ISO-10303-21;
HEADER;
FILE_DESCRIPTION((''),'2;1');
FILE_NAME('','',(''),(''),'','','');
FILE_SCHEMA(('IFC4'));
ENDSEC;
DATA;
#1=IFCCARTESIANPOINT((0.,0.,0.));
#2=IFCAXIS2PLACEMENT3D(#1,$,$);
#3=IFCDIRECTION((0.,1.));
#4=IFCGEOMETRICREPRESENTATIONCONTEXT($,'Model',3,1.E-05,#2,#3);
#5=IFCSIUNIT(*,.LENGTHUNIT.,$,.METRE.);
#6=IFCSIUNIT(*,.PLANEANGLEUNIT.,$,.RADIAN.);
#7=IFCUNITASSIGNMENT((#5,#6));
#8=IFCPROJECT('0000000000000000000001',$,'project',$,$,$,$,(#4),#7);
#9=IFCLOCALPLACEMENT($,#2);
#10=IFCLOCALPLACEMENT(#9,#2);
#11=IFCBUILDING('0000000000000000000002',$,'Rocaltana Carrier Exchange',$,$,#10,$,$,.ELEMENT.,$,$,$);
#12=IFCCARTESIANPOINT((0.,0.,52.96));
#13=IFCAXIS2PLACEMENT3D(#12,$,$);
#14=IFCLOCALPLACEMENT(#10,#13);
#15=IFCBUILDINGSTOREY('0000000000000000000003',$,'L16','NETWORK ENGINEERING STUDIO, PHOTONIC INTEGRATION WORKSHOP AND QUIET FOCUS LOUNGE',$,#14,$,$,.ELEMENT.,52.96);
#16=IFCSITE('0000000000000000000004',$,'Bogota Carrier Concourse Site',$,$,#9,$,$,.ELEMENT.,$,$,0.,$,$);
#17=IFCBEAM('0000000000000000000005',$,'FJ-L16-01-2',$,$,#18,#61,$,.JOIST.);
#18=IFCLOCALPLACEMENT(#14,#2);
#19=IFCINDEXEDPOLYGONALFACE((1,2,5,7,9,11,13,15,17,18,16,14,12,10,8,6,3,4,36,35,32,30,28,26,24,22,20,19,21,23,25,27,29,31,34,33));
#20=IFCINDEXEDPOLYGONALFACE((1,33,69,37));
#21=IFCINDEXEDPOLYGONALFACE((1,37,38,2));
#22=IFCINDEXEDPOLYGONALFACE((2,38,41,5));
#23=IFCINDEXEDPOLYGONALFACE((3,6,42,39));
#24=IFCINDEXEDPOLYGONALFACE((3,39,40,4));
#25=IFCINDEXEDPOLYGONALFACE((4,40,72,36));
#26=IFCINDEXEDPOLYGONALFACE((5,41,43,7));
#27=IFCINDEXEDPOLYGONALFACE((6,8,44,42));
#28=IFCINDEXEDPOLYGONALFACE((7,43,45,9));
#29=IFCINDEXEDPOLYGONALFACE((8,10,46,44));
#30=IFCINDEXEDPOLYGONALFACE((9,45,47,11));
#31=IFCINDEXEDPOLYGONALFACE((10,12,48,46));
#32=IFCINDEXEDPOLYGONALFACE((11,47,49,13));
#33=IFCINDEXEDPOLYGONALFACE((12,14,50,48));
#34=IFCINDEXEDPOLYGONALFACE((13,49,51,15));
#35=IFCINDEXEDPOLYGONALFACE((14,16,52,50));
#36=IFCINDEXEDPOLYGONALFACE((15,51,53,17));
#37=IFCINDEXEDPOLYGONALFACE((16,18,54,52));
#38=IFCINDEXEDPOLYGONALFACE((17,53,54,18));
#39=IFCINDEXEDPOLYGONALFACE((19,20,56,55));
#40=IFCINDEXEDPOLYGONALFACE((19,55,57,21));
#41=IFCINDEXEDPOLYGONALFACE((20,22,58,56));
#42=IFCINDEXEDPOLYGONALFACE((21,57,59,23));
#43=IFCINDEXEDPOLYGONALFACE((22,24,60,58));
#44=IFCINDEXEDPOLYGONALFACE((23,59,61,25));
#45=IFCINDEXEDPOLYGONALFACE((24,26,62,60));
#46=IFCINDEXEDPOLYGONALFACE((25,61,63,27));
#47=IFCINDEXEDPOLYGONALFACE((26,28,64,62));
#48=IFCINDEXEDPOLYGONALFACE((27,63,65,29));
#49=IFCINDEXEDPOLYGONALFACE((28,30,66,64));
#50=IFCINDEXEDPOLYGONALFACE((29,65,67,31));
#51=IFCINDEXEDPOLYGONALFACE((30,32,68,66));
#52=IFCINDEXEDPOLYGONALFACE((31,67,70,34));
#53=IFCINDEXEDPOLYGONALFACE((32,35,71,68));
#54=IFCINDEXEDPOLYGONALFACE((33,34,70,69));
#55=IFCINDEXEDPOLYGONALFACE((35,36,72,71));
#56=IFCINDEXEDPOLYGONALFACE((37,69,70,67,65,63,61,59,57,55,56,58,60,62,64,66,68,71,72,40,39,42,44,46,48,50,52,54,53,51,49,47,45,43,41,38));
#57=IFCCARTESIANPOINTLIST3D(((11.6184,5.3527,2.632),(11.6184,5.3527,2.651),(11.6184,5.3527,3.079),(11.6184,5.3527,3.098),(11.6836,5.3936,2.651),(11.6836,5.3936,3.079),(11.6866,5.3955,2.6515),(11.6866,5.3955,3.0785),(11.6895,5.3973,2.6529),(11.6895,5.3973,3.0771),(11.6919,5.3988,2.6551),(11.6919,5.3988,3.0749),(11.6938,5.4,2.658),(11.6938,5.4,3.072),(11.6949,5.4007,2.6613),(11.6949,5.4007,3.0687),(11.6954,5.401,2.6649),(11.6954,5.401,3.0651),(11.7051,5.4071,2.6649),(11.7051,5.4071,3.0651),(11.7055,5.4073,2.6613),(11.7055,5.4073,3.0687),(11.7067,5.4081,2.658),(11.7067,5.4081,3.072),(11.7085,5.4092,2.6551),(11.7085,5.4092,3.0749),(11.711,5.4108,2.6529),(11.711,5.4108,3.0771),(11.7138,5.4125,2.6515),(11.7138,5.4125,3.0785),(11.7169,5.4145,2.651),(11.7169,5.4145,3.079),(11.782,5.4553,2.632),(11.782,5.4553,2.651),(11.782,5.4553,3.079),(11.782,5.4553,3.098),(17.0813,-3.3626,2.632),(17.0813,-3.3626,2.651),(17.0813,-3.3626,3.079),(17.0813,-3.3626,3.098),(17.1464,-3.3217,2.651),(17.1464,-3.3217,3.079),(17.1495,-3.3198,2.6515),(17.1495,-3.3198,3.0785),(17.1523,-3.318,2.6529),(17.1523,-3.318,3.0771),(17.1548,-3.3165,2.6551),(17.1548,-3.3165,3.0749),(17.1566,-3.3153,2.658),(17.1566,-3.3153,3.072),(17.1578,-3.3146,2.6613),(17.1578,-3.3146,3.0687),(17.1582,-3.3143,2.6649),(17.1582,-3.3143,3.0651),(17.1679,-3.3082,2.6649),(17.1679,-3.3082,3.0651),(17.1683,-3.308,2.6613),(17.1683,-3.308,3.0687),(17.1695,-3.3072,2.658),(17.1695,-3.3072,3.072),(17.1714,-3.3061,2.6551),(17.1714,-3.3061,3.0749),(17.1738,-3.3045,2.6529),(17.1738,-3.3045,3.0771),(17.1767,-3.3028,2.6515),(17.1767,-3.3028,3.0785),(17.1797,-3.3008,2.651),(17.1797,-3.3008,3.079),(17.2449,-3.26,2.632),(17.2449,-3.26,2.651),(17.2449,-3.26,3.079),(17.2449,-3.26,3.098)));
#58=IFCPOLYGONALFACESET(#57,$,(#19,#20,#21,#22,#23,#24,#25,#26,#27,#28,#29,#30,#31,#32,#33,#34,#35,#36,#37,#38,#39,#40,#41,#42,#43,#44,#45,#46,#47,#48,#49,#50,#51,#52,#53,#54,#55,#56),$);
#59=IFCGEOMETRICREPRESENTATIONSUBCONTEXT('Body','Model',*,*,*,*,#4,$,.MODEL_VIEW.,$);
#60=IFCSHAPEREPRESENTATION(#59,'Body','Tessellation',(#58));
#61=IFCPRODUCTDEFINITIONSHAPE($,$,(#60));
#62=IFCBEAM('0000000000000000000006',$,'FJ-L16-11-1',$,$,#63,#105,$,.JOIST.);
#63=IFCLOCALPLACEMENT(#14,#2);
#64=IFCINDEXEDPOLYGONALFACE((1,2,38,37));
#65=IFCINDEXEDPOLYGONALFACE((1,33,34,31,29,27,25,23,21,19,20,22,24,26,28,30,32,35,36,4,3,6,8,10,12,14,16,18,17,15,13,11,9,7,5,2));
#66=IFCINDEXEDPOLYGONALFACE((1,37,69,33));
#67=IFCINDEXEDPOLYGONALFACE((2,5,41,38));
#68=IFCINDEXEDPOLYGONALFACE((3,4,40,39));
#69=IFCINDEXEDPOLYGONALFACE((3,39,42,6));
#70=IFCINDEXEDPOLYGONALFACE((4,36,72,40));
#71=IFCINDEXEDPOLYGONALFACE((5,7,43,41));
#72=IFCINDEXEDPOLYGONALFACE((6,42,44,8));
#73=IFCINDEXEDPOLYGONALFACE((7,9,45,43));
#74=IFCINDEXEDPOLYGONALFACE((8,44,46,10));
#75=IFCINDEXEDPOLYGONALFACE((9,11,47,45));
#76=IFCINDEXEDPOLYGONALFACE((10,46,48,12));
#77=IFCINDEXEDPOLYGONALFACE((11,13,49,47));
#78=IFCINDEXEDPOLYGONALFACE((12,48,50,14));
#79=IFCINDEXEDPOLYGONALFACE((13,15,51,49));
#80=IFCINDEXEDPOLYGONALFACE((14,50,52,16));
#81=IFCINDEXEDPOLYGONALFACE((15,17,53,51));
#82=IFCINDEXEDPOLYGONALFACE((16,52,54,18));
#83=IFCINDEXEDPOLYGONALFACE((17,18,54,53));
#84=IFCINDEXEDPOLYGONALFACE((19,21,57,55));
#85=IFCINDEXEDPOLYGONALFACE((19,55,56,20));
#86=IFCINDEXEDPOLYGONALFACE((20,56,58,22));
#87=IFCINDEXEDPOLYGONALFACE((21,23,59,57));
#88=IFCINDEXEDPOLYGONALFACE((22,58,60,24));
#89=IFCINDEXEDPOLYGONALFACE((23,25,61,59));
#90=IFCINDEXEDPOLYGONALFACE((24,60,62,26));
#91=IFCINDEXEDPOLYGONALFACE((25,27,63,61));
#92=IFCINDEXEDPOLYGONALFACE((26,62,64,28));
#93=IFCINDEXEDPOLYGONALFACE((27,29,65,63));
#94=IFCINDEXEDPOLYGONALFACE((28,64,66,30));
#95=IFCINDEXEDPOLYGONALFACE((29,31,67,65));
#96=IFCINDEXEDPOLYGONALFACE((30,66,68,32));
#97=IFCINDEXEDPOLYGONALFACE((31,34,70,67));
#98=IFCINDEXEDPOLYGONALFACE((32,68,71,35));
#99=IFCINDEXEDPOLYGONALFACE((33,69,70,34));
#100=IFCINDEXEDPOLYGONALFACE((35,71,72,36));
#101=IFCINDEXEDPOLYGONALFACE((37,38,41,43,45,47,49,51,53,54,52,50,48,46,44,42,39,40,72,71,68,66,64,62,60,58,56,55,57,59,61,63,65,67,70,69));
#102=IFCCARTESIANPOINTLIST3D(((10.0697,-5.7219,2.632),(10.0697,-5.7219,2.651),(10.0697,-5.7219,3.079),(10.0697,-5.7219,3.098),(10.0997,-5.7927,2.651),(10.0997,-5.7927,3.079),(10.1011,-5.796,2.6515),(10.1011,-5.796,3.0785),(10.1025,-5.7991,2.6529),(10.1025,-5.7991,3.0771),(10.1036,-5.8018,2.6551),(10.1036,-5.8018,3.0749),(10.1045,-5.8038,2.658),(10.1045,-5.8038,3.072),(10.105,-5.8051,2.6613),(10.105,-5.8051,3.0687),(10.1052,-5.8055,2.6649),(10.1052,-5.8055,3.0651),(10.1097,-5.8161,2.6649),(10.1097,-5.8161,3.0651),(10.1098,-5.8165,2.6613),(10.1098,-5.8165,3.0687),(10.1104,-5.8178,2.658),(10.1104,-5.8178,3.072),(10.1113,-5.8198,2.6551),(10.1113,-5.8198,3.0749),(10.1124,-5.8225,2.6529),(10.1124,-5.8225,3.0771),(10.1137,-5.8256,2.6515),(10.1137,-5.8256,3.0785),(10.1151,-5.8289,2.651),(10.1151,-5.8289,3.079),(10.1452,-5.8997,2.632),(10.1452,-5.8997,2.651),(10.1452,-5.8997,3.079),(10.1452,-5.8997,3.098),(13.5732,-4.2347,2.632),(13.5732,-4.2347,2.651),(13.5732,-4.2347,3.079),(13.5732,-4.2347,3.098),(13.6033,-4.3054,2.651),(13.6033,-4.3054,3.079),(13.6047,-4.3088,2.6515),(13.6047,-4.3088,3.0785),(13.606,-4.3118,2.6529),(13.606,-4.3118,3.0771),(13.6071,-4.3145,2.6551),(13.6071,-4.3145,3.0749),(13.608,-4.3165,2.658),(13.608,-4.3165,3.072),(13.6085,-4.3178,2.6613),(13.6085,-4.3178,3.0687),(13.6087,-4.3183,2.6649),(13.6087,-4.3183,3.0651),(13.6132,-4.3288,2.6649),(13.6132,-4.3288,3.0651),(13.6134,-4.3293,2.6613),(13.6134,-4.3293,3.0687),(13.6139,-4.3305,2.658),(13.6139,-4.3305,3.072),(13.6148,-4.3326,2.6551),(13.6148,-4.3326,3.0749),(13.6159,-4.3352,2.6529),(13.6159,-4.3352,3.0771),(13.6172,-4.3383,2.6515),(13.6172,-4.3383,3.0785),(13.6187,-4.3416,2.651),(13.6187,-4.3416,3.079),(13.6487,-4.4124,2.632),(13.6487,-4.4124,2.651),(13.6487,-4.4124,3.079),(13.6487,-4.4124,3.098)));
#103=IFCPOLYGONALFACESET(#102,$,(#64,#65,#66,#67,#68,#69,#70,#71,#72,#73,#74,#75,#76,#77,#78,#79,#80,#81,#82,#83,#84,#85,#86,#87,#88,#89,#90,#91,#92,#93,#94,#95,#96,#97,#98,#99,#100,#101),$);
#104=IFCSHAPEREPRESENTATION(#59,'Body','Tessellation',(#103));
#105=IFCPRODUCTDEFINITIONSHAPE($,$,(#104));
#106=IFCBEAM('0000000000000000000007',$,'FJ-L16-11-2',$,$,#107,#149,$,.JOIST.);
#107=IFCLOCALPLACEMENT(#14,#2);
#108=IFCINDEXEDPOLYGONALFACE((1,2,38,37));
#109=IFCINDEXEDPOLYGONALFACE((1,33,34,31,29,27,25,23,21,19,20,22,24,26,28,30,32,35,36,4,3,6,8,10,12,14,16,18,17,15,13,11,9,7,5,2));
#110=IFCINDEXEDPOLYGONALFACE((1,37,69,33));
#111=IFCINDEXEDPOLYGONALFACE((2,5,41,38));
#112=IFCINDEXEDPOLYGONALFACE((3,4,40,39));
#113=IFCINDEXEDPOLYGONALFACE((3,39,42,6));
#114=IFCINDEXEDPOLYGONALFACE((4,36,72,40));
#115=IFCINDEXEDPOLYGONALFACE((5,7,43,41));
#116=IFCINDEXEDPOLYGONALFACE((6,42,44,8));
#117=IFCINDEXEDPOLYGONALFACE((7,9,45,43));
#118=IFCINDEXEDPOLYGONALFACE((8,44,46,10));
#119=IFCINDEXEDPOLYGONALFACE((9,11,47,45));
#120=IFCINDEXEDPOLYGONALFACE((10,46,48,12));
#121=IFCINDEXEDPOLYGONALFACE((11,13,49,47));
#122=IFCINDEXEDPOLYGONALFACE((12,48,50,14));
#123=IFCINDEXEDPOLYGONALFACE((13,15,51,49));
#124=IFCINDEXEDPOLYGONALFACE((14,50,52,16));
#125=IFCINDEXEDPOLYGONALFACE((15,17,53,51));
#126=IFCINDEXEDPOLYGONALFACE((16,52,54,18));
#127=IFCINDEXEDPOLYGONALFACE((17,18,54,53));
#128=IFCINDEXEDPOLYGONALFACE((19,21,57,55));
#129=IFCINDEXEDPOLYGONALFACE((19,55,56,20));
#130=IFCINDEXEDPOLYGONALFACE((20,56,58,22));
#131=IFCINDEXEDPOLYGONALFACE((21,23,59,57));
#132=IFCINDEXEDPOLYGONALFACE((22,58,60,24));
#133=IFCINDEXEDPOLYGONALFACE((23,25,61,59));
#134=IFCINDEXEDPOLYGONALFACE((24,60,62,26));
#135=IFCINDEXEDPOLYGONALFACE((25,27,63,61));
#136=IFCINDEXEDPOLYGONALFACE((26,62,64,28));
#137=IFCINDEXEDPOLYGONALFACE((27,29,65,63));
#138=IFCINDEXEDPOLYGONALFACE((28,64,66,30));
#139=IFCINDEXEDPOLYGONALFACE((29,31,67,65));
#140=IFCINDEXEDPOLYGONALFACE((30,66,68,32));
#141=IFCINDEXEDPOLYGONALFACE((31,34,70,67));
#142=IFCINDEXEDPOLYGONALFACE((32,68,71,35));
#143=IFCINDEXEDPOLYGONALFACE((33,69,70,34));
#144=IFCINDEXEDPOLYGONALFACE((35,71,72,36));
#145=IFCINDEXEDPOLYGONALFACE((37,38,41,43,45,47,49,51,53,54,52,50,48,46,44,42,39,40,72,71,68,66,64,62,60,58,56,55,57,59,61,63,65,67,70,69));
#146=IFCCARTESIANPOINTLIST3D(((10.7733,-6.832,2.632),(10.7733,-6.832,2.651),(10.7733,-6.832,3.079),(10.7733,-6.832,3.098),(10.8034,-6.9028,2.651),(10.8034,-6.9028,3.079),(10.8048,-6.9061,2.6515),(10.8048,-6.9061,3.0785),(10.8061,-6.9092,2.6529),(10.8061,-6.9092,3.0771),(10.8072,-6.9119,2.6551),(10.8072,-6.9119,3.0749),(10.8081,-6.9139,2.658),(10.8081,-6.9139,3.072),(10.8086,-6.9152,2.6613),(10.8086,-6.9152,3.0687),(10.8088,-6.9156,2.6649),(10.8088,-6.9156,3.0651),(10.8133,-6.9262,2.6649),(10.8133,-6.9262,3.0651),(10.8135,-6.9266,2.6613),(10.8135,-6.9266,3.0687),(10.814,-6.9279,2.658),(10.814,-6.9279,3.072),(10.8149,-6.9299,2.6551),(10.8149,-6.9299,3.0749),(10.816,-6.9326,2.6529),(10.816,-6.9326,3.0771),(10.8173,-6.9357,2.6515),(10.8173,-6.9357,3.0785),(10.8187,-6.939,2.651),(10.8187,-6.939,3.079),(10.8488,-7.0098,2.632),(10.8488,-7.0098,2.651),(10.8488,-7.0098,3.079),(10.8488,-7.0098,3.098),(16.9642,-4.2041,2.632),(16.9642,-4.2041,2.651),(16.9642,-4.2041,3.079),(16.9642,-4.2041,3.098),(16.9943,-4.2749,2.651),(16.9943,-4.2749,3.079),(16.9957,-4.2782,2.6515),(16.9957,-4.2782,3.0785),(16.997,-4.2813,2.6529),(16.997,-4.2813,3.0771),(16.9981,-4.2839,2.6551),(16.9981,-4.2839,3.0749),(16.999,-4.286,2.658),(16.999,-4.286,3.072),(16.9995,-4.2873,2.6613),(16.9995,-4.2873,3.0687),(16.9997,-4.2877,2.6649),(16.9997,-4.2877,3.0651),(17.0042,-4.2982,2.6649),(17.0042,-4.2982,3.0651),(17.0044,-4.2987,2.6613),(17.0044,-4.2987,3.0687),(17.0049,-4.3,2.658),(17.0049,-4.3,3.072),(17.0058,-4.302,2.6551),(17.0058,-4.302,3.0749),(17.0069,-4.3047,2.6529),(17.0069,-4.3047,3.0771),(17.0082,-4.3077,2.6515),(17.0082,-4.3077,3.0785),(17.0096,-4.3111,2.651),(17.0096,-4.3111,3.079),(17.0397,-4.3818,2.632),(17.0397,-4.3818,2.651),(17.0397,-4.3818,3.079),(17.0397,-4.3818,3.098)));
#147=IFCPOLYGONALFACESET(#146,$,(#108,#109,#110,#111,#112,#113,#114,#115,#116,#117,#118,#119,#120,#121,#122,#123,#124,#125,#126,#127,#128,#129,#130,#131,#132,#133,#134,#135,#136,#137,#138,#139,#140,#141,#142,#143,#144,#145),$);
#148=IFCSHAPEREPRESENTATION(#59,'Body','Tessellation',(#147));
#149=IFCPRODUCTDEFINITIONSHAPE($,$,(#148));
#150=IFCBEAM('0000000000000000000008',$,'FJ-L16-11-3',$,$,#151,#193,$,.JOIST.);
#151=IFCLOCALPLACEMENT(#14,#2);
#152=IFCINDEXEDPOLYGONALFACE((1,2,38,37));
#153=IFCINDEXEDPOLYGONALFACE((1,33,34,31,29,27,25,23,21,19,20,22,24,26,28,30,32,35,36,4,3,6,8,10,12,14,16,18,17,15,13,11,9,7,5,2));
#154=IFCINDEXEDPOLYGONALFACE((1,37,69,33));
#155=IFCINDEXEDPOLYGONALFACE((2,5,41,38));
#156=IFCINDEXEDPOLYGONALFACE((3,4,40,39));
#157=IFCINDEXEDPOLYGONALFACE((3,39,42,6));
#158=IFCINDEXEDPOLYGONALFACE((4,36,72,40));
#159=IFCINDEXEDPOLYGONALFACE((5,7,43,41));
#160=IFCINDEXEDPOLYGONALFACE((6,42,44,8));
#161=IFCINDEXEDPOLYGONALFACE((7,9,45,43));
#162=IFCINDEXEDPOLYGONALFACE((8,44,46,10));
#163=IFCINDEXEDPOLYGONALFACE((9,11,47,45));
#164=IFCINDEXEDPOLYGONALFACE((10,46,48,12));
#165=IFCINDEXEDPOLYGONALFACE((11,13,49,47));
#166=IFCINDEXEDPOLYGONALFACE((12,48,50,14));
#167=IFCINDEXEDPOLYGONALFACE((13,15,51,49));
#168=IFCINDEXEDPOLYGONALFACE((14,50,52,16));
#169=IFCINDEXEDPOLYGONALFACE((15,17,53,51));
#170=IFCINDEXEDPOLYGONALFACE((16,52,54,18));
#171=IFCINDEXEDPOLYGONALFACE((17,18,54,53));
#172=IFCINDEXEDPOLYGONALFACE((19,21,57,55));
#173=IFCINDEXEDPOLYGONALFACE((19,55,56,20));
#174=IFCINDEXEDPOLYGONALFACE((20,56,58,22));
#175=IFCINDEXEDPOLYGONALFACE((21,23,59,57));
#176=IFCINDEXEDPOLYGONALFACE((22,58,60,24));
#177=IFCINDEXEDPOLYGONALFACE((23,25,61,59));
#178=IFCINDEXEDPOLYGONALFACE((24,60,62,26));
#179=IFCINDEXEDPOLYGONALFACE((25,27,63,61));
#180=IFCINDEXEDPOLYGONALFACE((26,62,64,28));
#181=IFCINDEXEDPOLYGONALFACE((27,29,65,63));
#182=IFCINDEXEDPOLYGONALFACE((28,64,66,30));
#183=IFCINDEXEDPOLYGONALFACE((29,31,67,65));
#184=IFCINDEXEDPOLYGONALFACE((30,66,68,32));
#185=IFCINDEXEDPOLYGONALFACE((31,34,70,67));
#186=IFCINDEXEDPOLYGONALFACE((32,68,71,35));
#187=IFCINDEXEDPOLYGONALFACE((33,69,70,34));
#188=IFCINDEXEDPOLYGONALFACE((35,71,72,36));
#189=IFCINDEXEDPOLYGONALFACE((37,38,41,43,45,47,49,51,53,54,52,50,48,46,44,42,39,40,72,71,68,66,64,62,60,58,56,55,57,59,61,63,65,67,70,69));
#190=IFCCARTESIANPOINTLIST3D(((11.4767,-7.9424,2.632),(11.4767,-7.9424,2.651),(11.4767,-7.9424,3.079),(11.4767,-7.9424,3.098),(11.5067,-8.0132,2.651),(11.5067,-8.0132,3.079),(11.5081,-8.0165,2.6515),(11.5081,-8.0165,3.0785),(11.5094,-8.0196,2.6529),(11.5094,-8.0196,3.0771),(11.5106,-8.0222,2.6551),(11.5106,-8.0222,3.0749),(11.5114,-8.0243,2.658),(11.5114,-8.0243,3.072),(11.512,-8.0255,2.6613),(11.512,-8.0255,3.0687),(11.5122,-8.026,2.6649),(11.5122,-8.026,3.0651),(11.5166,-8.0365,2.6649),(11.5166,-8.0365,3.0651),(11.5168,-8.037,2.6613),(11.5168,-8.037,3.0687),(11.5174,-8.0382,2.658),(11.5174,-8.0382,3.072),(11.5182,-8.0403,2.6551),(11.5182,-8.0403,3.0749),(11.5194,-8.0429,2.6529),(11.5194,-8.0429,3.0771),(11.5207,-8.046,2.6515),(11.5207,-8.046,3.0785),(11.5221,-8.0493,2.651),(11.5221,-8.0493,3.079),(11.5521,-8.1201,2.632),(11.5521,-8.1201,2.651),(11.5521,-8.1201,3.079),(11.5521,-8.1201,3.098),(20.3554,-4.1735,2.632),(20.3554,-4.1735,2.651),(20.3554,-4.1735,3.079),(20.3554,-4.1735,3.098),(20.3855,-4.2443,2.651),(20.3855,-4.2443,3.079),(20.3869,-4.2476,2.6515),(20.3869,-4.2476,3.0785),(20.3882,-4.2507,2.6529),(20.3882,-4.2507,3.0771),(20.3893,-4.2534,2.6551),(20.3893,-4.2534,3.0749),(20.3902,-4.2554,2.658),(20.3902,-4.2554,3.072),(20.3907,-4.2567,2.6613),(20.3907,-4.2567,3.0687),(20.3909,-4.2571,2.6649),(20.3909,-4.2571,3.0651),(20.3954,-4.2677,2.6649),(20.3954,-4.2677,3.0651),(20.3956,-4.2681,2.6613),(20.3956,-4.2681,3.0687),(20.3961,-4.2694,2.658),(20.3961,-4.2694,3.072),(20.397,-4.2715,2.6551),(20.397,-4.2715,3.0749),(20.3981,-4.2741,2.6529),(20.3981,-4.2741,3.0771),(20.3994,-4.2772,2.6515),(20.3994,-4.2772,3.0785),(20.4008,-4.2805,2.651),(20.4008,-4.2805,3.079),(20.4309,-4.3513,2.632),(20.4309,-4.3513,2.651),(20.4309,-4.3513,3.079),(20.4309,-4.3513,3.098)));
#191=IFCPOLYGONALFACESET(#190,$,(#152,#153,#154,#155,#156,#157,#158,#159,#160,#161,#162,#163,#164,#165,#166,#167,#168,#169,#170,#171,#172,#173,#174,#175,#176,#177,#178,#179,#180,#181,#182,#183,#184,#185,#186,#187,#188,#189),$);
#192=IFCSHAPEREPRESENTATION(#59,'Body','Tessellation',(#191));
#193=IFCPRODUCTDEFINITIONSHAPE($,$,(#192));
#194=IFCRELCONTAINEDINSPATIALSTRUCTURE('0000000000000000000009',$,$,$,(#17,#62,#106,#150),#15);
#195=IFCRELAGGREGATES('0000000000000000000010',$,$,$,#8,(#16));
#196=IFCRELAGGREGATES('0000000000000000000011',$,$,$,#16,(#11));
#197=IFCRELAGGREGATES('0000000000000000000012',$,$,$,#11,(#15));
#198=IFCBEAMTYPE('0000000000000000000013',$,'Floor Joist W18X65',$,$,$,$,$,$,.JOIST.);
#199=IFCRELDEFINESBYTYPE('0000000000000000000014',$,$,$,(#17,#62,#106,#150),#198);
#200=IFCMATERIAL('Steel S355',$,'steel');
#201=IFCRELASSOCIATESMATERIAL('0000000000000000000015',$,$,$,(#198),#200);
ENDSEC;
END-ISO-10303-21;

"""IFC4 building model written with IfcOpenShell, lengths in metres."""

from ifc_helpers import new_model, si_unit, direction, frame, origin, origin_2d, place, context, subcontext, project, spatial, i_section, extrude, material, material_profile, profile_set, type_object, element, save


model = new_model("IFC4")

# Units and contexts
model_context = context("Model", 3, precision=1e-05, world=origin(), true_north=direction((0.0, 1.0)))
body_context = subcontext(model_context, "Body", "Model", "MODEL_VIEW")
ifc_project = project(units=[si_unit("LENGTHUNIT", "METRE"), si_unit("PLANEANGLEUNIT", "RADIAN")], contexts=[model_context])

# Site, building, storey
site_placement = place(None, origin())
site = spatial("IfcSite", under=ifc_project, at=site_placement, Name="Bogota Carrier Concourse Site", CompositionType="ELEMENT", RefElevation=0.0)
building_placement = place(site_placement, origin())
building = spatial("IfcBuilding", under=site, at=building_placement, Name="Rocaltana Carrier Exchange", CompositionType="ELEMENT")
storey_placement = place(building_placement, frame((0.0, 0.0, 52.96)))
storey = spatial("IfcBuildingStorey", under=building, at=storey_placement, Name="L16", Description="NETWORK ENGINEERING STUDIO, PHOTONIC INTEGRATION WORKSHOP AND QUIET FOCUS LOUNGE", CompositionType="ELEMENT", Elevation=52.96)

# Beams
ifc_material_1 = material(Name="Steel S355", Category="steel")
ifc_material_profile_1 = material_profile(ifc_material_1, i_section(OverallWidth=0.1931, OverallDepth=0.4661, WebThickness=0.0115, FlangeThickness=0.019, FilletRadius=0.0139, at=origin_2d()), Name="W18X65")
ifc_profile_set_1 = profile_set([ifc_material_profile_1], Name="Steel S355")
beam_type_1 = type_object("IfcBeamType", Name="Floor Joist W18X65", PredefinedType="JOIST", material=ifc_profile_set_1)
beam_1_placement = place(storey_placement, frame((17.1631, -3.3113, 2.865), z_axis=(-0.531104, 0.847307, 0.0), x_axis=(-0.847307, -0.531104, 0.0)))
element("IfcBeam", 1, at=beam_1_placement, inside=storey, type_object=beam_type_1, Name="FJ-L16-01-2", PredefinedType="JOIST", context=body_context, shape_type="SweptSolid", body=[
    extrude(i_section(OverallWidth=0.1931, OverallDepth=0.4661, WebThickness=0.0115, FlangeThickness=0.019, FilletRadius=0.0139, at=origin_2d()), origin(), (0.0, 0.0, 1.0), 10.2859),
])
beam_2_placement = place(storey_placement, frame((10.1074, -5.8108, 2.865), z_axis=(0.920497, 0.390751, 0.0), x_axis=(-0.390751, 0.920497, 0.0)))
element("IfcBeam", 2, at=beam_2_placement, inside=storey, type_object=beam_type_1, Name="FJ-L16-11-1", PredefinedType="JOIST", context=body_context, shape_type="SweptSolid", body=[
    extrude(i_section(OverallWidth=0.1931, OverallDepth=0.4661, WebThickness=0.0115, FlangeThickness=0.019, FilletRadius=0.0139, at=origin_2d()), origin(), (0.0, 0.0, 1.0), 3.8062),
])
beam_3_placement = place(storey_placement, frame((10.811, -6.9209, 2.865), z_axis=(0.920503, 0.390736, 0.0), x_axis=(-0.390736, 0.920503, 0.0)))
element("IfcBeam", 3, at=beam_3_placement, inside=storey, type_object=beam_type_1, Name="FJ-L16-11-2", PredefinedType="JOIST", context=body_context, shape_type="SweptSolid", body=[
    extrude(i_section(OverallWidth=0.1931, OverallDepth=0.4661, WebThickness=0.0115, FlangeThickness=0.019, FilletRadius=0.0139, at=origin_2d()), origin(), (0.0, 0.0, 1.0), 6.7256),
])
beam_4_placement = place(storey_placement, frame((11.5144, -8.0312, 2.865), z_axis=(0.920504, 0.390734, 0.0), x_axis=(-0.390734, 0.920504, 0.0)))
element("IfcBeam", 4, at=beam_4_placement, inside=storey, type_object=beam_type_1, Name="FJ-L16-11-3", PredefinedType="JOIST", context=body_context, shape_type="SweptSolid", body=[
    extrude(i_section(OverallWidth=0.1931, OverallDepth=0.4661, WebThickness=0.0115, FlangeThickness=0.019, FilletRadius=0.0139, at=origin_2d()), origin(), (0.0, 0.0, 1.0), 9.6455),
])

save(model, "model.ifc")
